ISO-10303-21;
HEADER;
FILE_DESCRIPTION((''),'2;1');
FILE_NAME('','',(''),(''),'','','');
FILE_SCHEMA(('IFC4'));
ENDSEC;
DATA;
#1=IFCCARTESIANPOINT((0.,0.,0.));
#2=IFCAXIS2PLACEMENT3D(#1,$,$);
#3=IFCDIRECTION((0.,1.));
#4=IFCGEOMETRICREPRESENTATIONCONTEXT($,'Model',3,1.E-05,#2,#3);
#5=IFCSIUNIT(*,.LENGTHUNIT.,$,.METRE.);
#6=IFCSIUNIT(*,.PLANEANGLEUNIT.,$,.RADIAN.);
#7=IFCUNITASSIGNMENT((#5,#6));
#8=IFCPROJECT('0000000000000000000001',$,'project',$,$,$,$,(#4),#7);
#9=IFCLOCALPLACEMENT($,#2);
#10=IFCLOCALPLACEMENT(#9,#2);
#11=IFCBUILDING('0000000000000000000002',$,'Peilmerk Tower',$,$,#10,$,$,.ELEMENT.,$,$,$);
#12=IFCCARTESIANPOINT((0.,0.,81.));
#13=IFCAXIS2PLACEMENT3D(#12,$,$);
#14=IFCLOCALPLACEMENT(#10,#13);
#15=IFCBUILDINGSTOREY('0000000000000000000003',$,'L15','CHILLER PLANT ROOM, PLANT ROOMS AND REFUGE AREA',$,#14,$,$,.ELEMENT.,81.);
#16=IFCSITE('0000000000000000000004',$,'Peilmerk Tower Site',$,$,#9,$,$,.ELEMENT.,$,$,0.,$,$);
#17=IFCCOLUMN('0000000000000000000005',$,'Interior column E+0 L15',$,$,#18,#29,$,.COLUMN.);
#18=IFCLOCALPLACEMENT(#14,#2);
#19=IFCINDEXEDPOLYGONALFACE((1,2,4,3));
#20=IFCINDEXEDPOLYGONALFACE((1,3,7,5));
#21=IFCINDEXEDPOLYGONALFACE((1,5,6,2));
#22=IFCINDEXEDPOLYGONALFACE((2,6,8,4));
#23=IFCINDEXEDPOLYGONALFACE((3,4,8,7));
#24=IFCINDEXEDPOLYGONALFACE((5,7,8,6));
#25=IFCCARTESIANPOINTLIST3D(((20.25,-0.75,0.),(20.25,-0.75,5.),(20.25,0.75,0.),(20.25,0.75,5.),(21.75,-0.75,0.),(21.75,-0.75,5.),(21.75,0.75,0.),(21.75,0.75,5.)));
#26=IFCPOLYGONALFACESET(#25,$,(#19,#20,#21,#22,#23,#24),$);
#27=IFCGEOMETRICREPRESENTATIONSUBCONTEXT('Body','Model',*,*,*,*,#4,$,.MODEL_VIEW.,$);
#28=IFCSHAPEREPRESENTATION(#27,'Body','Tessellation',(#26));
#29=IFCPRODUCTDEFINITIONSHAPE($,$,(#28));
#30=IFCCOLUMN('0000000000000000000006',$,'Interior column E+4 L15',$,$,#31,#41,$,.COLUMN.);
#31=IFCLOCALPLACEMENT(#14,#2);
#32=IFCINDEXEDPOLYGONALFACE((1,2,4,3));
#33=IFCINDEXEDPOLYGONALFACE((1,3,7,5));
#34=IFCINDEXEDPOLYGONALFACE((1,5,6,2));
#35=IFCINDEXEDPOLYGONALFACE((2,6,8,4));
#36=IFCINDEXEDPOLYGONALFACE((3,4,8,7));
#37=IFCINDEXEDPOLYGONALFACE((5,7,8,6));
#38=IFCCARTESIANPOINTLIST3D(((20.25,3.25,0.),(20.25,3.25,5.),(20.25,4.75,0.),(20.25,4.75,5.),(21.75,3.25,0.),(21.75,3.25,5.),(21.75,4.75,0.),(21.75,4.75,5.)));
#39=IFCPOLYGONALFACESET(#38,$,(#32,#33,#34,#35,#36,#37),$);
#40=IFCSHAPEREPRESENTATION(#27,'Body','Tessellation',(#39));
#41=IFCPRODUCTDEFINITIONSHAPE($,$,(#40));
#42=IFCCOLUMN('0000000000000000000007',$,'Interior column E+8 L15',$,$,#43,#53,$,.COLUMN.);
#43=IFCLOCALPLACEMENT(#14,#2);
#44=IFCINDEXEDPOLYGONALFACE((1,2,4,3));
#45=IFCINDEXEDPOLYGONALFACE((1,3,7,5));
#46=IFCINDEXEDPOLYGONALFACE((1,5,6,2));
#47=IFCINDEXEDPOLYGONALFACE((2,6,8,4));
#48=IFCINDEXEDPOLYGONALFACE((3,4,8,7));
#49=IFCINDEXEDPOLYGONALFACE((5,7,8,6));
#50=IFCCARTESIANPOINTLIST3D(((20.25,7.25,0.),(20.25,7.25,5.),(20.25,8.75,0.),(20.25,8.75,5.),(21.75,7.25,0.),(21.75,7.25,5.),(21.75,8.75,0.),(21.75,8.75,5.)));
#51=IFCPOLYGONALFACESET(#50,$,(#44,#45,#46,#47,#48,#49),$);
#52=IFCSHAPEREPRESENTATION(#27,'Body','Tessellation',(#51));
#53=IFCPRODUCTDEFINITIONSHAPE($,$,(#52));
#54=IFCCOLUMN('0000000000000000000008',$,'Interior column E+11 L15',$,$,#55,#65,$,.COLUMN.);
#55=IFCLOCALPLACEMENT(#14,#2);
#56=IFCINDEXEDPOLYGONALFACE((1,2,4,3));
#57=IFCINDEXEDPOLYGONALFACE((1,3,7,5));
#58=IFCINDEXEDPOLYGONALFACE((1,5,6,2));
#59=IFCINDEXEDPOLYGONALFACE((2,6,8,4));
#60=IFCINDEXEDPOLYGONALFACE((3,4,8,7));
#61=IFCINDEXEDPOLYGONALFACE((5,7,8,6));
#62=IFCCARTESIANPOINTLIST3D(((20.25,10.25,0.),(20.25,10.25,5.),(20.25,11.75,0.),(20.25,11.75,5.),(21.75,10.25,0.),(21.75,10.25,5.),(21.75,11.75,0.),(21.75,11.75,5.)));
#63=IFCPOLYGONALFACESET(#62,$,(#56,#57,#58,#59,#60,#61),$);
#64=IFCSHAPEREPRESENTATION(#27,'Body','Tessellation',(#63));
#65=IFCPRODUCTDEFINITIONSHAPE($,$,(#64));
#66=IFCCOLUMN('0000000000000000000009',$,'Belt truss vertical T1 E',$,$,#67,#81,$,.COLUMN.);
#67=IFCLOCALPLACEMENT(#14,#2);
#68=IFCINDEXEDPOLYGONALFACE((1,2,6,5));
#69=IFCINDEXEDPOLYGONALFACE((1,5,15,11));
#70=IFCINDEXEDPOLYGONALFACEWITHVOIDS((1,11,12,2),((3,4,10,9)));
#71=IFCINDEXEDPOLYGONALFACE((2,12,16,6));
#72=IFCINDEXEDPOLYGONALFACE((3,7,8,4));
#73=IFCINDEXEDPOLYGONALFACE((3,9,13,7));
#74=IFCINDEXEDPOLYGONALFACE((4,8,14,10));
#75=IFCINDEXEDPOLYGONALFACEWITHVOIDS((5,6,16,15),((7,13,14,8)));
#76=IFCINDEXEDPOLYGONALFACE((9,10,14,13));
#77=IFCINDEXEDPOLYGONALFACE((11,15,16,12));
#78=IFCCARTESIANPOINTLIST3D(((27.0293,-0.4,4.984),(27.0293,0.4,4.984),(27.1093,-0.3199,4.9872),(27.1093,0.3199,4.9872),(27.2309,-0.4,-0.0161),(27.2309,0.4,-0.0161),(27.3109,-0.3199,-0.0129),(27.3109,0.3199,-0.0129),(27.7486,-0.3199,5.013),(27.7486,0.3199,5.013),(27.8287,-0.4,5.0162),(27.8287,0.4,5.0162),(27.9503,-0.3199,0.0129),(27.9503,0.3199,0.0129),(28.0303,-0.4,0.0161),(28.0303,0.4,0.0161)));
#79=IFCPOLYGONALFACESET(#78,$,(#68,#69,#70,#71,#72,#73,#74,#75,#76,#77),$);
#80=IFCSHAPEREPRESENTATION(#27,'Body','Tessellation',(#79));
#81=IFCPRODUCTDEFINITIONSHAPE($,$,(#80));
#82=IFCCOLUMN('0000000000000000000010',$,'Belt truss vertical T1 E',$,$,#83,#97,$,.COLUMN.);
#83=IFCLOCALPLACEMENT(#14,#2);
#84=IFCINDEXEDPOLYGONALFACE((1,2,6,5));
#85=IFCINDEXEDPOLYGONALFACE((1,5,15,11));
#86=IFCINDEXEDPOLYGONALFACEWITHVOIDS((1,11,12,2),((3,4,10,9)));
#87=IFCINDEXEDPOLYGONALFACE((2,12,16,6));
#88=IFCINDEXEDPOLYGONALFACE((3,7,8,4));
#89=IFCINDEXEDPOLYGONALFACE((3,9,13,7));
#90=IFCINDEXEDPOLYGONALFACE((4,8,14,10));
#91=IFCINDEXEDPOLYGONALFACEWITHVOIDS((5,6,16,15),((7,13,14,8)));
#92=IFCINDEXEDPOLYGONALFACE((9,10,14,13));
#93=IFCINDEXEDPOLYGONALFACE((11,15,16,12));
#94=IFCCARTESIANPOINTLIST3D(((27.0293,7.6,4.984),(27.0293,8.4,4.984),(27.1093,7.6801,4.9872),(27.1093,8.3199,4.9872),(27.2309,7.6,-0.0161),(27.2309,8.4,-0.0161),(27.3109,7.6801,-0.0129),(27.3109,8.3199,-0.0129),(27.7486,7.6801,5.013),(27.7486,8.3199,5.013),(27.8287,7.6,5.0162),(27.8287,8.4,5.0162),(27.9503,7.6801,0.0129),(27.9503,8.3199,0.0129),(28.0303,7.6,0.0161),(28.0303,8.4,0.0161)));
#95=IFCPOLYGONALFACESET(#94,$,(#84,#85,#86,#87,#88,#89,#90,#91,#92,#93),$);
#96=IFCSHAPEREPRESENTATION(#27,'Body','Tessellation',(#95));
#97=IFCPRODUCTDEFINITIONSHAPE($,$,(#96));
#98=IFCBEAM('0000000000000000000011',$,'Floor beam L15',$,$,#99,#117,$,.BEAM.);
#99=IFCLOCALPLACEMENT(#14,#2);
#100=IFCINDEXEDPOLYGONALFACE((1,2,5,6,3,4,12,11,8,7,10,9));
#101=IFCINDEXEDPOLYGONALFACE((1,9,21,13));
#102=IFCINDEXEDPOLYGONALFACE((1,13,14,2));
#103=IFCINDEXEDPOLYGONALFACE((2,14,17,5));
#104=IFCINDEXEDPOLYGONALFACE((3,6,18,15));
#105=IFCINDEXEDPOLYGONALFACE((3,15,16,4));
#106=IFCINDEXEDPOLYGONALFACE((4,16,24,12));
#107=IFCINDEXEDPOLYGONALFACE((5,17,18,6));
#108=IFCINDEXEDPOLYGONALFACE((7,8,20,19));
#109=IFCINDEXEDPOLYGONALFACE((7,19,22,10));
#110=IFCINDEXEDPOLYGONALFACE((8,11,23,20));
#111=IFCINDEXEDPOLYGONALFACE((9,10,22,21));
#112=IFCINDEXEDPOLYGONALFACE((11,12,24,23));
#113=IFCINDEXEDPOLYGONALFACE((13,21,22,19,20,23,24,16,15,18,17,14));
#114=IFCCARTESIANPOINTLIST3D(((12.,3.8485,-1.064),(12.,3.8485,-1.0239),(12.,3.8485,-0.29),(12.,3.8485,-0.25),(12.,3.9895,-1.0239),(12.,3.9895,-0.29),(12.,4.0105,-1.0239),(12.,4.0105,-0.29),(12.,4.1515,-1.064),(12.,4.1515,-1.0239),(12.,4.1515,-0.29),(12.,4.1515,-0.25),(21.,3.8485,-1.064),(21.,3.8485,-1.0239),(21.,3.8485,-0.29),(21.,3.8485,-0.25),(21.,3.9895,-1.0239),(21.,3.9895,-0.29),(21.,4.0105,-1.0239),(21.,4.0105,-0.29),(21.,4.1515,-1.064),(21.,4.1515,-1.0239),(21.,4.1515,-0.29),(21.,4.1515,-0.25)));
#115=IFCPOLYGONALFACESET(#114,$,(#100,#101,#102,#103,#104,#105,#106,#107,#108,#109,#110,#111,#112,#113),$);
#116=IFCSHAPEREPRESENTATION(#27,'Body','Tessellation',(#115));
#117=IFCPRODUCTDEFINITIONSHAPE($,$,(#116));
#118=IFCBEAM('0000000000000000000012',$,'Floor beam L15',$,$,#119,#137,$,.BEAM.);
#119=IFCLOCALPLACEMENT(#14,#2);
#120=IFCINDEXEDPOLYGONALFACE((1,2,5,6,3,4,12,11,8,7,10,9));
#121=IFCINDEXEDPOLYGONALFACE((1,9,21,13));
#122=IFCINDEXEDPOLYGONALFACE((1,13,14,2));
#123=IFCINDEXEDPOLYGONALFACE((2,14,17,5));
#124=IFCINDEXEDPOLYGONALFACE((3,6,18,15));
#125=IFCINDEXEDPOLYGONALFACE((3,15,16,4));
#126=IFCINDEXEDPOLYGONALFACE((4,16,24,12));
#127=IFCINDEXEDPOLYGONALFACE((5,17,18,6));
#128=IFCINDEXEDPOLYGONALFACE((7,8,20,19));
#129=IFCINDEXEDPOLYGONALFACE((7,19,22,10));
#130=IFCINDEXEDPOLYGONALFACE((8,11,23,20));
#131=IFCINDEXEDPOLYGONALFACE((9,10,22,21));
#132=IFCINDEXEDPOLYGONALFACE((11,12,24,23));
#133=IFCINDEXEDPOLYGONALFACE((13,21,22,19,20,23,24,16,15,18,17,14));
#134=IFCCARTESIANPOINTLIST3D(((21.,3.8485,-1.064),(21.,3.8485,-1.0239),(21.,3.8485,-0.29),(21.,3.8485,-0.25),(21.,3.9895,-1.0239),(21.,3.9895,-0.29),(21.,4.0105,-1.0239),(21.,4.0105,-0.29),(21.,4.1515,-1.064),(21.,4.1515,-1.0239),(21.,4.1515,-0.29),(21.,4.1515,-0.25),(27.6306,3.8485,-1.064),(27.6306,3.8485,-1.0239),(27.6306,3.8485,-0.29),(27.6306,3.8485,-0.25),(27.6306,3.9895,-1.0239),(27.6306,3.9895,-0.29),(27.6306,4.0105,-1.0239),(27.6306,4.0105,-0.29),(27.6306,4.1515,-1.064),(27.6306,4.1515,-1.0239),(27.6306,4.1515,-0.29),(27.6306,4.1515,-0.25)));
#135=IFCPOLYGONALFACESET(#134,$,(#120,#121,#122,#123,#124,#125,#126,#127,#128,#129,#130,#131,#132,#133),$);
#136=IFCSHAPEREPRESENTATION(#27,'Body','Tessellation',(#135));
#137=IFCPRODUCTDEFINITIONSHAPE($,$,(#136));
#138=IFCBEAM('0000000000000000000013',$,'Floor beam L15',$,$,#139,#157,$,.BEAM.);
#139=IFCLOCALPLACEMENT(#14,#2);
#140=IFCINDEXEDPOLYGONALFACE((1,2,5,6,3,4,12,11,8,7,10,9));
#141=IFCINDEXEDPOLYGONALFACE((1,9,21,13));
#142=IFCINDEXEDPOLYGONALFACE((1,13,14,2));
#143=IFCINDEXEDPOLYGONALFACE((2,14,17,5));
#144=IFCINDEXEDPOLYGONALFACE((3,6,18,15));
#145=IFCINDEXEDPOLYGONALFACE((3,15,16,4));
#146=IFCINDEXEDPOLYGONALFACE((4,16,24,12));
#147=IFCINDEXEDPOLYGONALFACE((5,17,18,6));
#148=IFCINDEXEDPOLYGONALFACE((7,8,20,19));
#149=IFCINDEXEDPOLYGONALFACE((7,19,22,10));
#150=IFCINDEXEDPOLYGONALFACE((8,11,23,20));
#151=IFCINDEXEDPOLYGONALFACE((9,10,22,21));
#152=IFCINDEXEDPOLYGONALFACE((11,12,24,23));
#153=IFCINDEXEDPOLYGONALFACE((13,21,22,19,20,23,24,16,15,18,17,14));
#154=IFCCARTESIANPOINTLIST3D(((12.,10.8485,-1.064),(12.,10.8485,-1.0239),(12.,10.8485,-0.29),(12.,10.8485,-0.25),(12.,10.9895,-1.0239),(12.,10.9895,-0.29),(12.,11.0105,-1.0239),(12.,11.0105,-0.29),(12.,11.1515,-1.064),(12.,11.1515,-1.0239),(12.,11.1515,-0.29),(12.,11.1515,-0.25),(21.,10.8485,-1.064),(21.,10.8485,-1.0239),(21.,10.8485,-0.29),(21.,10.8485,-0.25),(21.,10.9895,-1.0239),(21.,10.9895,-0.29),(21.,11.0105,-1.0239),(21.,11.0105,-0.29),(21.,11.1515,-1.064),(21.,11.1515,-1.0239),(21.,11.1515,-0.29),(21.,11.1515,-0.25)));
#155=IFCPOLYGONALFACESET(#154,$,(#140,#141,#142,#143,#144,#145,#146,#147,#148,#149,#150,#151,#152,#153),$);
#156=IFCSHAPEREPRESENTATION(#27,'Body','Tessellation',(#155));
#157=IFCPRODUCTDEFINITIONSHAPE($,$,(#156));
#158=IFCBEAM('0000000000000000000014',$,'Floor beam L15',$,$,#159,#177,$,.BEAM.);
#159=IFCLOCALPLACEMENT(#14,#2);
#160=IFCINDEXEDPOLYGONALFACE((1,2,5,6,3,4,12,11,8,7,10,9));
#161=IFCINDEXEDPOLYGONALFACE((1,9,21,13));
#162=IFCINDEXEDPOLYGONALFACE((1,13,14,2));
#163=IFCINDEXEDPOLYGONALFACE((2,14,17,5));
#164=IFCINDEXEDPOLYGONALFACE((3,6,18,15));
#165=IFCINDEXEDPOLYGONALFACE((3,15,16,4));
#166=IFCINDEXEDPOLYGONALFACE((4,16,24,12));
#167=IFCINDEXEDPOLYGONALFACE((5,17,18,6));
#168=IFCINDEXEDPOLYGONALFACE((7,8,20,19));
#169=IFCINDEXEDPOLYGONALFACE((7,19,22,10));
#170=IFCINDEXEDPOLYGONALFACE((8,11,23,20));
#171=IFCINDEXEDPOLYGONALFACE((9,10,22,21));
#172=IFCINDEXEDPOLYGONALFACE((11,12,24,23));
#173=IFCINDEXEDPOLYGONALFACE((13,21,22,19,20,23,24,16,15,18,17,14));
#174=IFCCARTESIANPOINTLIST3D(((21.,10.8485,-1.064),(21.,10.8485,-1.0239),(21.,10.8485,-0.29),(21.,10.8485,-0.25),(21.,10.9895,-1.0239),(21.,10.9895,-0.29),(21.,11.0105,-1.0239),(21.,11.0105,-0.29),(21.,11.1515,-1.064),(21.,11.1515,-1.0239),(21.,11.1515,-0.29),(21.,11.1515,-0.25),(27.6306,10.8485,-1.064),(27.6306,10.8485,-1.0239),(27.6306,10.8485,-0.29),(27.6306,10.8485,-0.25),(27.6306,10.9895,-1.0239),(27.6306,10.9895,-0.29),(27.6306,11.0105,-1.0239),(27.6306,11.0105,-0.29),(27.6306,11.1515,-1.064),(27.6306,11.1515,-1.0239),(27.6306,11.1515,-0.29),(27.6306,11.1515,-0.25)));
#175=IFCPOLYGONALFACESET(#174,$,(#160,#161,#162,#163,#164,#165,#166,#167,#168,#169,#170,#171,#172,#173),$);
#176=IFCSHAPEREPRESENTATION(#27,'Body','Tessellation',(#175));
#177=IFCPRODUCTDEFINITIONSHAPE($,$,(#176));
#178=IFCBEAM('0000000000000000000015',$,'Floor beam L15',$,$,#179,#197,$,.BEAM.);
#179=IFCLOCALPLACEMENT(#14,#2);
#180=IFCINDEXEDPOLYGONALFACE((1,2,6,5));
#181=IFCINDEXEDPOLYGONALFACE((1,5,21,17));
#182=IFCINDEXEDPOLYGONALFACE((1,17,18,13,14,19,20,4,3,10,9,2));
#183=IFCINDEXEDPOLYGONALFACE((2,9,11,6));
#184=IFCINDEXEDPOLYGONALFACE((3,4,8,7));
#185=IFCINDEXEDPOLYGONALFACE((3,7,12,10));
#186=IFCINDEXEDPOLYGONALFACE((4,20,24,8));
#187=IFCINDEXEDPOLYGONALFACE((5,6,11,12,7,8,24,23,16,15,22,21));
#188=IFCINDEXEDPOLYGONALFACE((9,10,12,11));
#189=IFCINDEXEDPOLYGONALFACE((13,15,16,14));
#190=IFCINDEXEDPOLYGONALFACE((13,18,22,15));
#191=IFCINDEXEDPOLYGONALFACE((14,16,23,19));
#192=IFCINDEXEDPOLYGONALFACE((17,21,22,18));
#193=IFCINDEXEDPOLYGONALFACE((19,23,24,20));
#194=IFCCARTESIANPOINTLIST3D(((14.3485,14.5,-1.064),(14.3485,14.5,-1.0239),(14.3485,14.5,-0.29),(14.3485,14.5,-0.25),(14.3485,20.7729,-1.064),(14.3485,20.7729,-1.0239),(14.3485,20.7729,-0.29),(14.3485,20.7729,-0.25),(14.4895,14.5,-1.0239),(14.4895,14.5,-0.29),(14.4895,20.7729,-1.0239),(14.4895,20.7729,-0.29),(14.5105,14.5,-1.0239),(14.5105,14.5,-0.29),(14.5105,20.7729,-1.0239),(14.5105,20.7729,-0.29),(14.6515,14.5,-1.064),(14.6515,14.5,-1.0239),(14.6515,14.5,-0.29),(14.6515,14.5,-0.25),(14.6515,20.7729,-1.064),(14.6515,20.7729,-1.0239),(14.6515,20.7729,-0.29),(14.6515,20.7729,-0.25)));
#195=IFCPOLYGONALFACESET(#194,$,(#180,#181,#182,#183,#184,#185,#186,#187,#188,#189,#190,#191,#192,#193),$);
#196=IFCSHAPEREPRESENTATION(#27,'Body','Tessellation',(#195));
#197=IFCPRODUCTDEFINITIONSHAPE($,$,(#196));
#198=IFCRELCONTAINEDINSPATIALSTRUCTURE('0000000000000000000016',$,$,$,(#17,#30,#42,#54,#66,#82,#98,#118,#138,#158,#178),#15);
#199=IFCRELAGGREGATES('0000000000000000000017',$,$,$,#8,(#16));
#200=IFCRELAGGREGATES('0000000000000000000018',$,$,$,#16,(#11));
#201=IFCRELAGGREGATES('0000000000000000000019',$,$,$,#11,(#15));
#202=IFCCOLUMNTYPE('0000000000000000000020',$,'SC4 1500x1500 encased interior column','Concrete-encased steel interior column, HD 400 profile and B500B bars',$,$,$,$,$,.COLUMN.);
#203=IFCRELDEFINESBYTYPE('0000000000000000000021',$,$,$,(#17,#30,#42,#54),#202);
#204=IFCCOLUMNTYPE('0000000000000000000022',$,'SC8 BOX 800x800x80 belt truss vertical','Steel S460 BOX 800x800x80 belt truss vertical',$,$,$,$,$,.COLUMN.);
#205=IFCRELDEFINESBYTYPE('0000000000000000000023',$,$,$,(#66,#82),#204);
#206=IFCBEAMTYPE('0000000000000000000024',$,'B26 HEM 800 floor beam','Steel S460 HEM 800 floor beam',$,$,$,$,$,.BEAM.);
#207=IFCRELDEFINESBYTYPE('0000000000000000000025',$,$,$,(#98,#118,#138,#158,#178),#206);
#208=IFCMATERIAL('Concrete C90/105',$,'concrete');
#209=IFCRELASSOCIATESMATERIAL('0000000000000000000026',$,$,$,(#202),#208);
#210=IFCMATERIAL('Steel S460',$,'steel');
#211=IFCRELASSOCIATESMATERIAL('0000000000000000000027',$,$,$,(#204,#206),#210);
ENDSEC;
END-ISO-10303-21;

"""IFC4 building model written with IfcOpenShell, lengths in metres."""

from ifc_helpers import new_model, si_unit, direction, frame, origin, origin_2d, place, context, subcontext, project, spatial, rectangle, hollow_rectangle, i_section, extrude, material, material_profile, profile_set, type_object, element, save


model = new_model("IFC4")

# Units and contexts
model_context = context("Model", 3, precision=1e-05, world=origin(), true_north=direction((0.0, 1.0)))
body_context = subcontext(model_context, "Body", "Model", "MODEL_VIEW")
ifc_project = project(units=[si_unit("LENGTHUNIT", "METRE"), si_unit("PLANEANGLEUNIT", "RADIAN")], contexts=[model_context])

# Site, building, storey
site_placement = place(None, origin())
site = spatial("IfcSite", under=ifc_project, at=site_placement, Name="Peilmerk Tower Site", CompositionType="ELEMENT", RefElevation=0.0)
building_placement = place(site_placement, origin())
building = spatial("IfcBuilding", under=site, at=building_placement, Name="Peilmerk Tower", CompositionType="ELEMENT")
storey_placement = place(building_placement, frame((0.0, 0.0, 81.0)))
storey = spatial("IfcBuildingStorey", under=building, at=storey_placement, Name="L15", Description="CHILLER PLANT ROOM, PLANT ROOMS AND REFUGE AREA", CompositionType="ELEMENT", Elevation=81.0)

# Columns
ifc_material_1 = material(Name="Concrete C90/105", Category="concrete")
ifc_material_profile_1 = material_profile(ifc_material_1, rectangle(XDim=1.5, YDim=1.5, at=origin_2d()), Name="RC 1500x1500")
ifc_profile_set_1 = profile_set([ifc_material_profile_1], Name="Concrete C90/105")
column_type_1 = type_object("IfcColumnType", Name="SC4 1500x1500 encased interior column", Description="Concrete-encased steel interior column, HD 400 profile and B500B bars", PredefinedType="COLUMN", material=ifc_profile_set_1)
for number, where, z_axis, x_axis, name in (
    (1, (21.0, 0.0, 0.0), (0.0, 0.0, 1.0), (1.0, 0.0, 0.0), "Interior column E+0 L15"),
    (2, (21.0, 4.0, 0.0), (0.0, 0.0, 1.0), (1.0, 0.0, 0.0), "Interior column E+4 L15"),
    (3, (21.0, 8.0, 0.0), (0.0, 0.0, 1.0), (1.0, 0.0, 0.0), "Interior column E+8 L15"),
    (4, (21.0, 11.0, 0.0), (0.0, 0.0, 1.0), (1.0, 0.0, 0.0), "Interior column E+11 L15"),
):
    element("IfcColumn", number, at=place(storey_placement, frame(where, z_axis=z_axis, x_axis=x_axis)), inside=storey, type_object=column_type_1, Name=name, PredefinedType="COLUMN", context=body_context, shape_type="SweptSolid", body=[
        extrude(rectangle(XDim=1.5, YDim=1.5, at=origin_2d()), origin(), (0.0, 0.0, 1.0), 5.0),
    ])
ifc_material_2 = material(Name="Steel S460", Category="steel")
ifc_material_profile_2 = material_profile(ifc_material_2, hollow_rectangle(XDim=0.8, YDim=0.8, WallThickness=0.0801, at=origin_2d()), Name="BOX 800x800x80")
ifc_profile_set_2 = profile_set([ifc_material_profile_2], Name="Steel S460")
column_type_2 = type_object("IfcColumnType", Name="SC8 BOX 800x800x80 belt truss vertical", Description="Steel S460 BOX 800x800x80 belt truss vertical", PredefinedType="COLUMN", material=ifc_profile_set_2)
for number, where, z_axis, x_axis, name in (
    (5, (27.6306, 0.0, 0.0), (-0.040299, 0.0, 0.999188), (0.0, -1.0, 0.0), "Belt truss vertical T1 E"),
    (6, (27.6306, 8.0, 0.0), (-0.040299, 0.0, 0.999188), (0.0, -1.0, 0.0), "Belt truss vertical T1 E"),
):
    element("IfcColumn", number, at=place(storey_placement, frame(where, z_axis=z_axis, x_axis=x_axis)), inside=storey, type_object=column_type_2, Name=name, PredefinedType="COLUMN", context=body_context, shape_type="SweptSolid", body=[
        extrude(hollow_rectangle(XDim=0.8, YDim=0.8, WallThickness=0.0801, at=origin_2d()), origin(), (0.0, 0.0, 1.0), 5.0042),
    ])

# Beams
ifc_material_profile_3 = material_profile(ifc_material_2, i_section(OverallWidth=0.303, OverallDepth=0.814, WebThickness=0.021, FlangeThickness=0.04, at=origin_2d()), Name="HEM 800")
ifc_profile_set_3 = profile_set([ifc_material_profile_3], Name="Steel S460")
beam_type_1 = type_object("IfcBeamType", Name="B26 HEM 800 floor beam", Description="Steel S460 HEM 800 floor beam", PredefinedType="BEAM", material=ifc_profile_set_3)
beam_1_placement = place(storey_placement, frame((12.0, 4.0, -0.657), z_axis=(1.0, 0.0, 0.0), x_axis=(0.0, 1.0, 0.0)))
element("IfcBeam", 7, at=beam_1_placement, inside=storey, type_object=beam_type_1, Name="Floor beam L15", PredefinedType="BEAM", context=body_context, shape_type="SweptSolid", body=[
    extrude(i_section(OverallWidth=0.303, OverallDepth=0.814, WebThickness=0.021, FlangeThickness=0.04, at=origin_2d()), origin(), (0.0, 0.0, 1.0), 9.0),
])
beam_2_placement = place(storey_placement, frame((21.0, 4.0, -0.657), z_axis=(1.0, 0.0, 0.0), x_axis=(0.0, 1.0, 0.0)))
element("IfcBeam", 8, at=beam_2_placement, inside=storey, type_object=beam_type_1, Name="Floor beam L15", PredefinedType="BEAM", context=body_context, shape_type="SweptSolid", body=[
    extrude(i_section(OverallWidth=0.303, OverallDepth=0.814, WebThickness=0.021, FlangeThickness=0.04, at=origin_2d()), origin(), (0.0, 0.0, 1.0), 6.6306),
])
beam_3_placement = place(storey_placement, frame((12.0, 11.0, -0.657), z_axis=(1.0, 0.0, 0.0), x_axis=(0.0, 1.0, 0.0)))
element("IfcBeam", 9, at=beam_3_placement, inside=storey, type_object=beam_type_1, Name="Floor beam L15", PredefinedType="BEAM", context=body_context, shape_type="SweptSolid", body=[
    extrude(i_section(OverallWidth=0.303, OverallDepth=0.814, WebThickness=0.021, FlangeThickness=0.04, at=origin_2d()), origin(), (0.0, 0.0, 1.0), 9.0),
])
beam_4_placement = place(storey_placement, frame((21.0, 11.0, -0.657), z_axis=(1.0, 0.0, 0.0), x_axis=(0.0, 1.0, 0.0)))
element("IfcBeam", 10, at=beam_4_placement, inside=storey, type_object=beam_type_1, Name="Floor beam L15", PredefinedType="BEAM", context=body_context, shape_type="SweptSolid", body=[
    extrude(i_section(OverallWidth=0.303, OverallDepth=0.814, WebThickness=0.021, FlangeThickness=0.04, at=origin_2d()), origin(), (0.0, 0.0, 1.0), 6.6306),
])
beam_5_placement = place(storey_placement, frame((14.5, 14.5, -0.657), z_axis=(0.0, 1.0, 0.0), x_axis=(-1.0, 0.0, 0.0)))
element("IfcBeam", 11, at=beam_5_placement, inside=storey, type_object=beam_type_1, Name="Floor beam L15", PredefinedType="BEAM", context=body_context, shape_type="SweptSolid", body=[
    extrude(i_section(OverallWidth=0.303, OverallDepth=0.814, WebThickness=0.021, FlangeThickness=0.04, at=origin_2d()), origin(), (0.0, 0.0, 1.0), 6.2729),
])

save(model, "model.ifc")
